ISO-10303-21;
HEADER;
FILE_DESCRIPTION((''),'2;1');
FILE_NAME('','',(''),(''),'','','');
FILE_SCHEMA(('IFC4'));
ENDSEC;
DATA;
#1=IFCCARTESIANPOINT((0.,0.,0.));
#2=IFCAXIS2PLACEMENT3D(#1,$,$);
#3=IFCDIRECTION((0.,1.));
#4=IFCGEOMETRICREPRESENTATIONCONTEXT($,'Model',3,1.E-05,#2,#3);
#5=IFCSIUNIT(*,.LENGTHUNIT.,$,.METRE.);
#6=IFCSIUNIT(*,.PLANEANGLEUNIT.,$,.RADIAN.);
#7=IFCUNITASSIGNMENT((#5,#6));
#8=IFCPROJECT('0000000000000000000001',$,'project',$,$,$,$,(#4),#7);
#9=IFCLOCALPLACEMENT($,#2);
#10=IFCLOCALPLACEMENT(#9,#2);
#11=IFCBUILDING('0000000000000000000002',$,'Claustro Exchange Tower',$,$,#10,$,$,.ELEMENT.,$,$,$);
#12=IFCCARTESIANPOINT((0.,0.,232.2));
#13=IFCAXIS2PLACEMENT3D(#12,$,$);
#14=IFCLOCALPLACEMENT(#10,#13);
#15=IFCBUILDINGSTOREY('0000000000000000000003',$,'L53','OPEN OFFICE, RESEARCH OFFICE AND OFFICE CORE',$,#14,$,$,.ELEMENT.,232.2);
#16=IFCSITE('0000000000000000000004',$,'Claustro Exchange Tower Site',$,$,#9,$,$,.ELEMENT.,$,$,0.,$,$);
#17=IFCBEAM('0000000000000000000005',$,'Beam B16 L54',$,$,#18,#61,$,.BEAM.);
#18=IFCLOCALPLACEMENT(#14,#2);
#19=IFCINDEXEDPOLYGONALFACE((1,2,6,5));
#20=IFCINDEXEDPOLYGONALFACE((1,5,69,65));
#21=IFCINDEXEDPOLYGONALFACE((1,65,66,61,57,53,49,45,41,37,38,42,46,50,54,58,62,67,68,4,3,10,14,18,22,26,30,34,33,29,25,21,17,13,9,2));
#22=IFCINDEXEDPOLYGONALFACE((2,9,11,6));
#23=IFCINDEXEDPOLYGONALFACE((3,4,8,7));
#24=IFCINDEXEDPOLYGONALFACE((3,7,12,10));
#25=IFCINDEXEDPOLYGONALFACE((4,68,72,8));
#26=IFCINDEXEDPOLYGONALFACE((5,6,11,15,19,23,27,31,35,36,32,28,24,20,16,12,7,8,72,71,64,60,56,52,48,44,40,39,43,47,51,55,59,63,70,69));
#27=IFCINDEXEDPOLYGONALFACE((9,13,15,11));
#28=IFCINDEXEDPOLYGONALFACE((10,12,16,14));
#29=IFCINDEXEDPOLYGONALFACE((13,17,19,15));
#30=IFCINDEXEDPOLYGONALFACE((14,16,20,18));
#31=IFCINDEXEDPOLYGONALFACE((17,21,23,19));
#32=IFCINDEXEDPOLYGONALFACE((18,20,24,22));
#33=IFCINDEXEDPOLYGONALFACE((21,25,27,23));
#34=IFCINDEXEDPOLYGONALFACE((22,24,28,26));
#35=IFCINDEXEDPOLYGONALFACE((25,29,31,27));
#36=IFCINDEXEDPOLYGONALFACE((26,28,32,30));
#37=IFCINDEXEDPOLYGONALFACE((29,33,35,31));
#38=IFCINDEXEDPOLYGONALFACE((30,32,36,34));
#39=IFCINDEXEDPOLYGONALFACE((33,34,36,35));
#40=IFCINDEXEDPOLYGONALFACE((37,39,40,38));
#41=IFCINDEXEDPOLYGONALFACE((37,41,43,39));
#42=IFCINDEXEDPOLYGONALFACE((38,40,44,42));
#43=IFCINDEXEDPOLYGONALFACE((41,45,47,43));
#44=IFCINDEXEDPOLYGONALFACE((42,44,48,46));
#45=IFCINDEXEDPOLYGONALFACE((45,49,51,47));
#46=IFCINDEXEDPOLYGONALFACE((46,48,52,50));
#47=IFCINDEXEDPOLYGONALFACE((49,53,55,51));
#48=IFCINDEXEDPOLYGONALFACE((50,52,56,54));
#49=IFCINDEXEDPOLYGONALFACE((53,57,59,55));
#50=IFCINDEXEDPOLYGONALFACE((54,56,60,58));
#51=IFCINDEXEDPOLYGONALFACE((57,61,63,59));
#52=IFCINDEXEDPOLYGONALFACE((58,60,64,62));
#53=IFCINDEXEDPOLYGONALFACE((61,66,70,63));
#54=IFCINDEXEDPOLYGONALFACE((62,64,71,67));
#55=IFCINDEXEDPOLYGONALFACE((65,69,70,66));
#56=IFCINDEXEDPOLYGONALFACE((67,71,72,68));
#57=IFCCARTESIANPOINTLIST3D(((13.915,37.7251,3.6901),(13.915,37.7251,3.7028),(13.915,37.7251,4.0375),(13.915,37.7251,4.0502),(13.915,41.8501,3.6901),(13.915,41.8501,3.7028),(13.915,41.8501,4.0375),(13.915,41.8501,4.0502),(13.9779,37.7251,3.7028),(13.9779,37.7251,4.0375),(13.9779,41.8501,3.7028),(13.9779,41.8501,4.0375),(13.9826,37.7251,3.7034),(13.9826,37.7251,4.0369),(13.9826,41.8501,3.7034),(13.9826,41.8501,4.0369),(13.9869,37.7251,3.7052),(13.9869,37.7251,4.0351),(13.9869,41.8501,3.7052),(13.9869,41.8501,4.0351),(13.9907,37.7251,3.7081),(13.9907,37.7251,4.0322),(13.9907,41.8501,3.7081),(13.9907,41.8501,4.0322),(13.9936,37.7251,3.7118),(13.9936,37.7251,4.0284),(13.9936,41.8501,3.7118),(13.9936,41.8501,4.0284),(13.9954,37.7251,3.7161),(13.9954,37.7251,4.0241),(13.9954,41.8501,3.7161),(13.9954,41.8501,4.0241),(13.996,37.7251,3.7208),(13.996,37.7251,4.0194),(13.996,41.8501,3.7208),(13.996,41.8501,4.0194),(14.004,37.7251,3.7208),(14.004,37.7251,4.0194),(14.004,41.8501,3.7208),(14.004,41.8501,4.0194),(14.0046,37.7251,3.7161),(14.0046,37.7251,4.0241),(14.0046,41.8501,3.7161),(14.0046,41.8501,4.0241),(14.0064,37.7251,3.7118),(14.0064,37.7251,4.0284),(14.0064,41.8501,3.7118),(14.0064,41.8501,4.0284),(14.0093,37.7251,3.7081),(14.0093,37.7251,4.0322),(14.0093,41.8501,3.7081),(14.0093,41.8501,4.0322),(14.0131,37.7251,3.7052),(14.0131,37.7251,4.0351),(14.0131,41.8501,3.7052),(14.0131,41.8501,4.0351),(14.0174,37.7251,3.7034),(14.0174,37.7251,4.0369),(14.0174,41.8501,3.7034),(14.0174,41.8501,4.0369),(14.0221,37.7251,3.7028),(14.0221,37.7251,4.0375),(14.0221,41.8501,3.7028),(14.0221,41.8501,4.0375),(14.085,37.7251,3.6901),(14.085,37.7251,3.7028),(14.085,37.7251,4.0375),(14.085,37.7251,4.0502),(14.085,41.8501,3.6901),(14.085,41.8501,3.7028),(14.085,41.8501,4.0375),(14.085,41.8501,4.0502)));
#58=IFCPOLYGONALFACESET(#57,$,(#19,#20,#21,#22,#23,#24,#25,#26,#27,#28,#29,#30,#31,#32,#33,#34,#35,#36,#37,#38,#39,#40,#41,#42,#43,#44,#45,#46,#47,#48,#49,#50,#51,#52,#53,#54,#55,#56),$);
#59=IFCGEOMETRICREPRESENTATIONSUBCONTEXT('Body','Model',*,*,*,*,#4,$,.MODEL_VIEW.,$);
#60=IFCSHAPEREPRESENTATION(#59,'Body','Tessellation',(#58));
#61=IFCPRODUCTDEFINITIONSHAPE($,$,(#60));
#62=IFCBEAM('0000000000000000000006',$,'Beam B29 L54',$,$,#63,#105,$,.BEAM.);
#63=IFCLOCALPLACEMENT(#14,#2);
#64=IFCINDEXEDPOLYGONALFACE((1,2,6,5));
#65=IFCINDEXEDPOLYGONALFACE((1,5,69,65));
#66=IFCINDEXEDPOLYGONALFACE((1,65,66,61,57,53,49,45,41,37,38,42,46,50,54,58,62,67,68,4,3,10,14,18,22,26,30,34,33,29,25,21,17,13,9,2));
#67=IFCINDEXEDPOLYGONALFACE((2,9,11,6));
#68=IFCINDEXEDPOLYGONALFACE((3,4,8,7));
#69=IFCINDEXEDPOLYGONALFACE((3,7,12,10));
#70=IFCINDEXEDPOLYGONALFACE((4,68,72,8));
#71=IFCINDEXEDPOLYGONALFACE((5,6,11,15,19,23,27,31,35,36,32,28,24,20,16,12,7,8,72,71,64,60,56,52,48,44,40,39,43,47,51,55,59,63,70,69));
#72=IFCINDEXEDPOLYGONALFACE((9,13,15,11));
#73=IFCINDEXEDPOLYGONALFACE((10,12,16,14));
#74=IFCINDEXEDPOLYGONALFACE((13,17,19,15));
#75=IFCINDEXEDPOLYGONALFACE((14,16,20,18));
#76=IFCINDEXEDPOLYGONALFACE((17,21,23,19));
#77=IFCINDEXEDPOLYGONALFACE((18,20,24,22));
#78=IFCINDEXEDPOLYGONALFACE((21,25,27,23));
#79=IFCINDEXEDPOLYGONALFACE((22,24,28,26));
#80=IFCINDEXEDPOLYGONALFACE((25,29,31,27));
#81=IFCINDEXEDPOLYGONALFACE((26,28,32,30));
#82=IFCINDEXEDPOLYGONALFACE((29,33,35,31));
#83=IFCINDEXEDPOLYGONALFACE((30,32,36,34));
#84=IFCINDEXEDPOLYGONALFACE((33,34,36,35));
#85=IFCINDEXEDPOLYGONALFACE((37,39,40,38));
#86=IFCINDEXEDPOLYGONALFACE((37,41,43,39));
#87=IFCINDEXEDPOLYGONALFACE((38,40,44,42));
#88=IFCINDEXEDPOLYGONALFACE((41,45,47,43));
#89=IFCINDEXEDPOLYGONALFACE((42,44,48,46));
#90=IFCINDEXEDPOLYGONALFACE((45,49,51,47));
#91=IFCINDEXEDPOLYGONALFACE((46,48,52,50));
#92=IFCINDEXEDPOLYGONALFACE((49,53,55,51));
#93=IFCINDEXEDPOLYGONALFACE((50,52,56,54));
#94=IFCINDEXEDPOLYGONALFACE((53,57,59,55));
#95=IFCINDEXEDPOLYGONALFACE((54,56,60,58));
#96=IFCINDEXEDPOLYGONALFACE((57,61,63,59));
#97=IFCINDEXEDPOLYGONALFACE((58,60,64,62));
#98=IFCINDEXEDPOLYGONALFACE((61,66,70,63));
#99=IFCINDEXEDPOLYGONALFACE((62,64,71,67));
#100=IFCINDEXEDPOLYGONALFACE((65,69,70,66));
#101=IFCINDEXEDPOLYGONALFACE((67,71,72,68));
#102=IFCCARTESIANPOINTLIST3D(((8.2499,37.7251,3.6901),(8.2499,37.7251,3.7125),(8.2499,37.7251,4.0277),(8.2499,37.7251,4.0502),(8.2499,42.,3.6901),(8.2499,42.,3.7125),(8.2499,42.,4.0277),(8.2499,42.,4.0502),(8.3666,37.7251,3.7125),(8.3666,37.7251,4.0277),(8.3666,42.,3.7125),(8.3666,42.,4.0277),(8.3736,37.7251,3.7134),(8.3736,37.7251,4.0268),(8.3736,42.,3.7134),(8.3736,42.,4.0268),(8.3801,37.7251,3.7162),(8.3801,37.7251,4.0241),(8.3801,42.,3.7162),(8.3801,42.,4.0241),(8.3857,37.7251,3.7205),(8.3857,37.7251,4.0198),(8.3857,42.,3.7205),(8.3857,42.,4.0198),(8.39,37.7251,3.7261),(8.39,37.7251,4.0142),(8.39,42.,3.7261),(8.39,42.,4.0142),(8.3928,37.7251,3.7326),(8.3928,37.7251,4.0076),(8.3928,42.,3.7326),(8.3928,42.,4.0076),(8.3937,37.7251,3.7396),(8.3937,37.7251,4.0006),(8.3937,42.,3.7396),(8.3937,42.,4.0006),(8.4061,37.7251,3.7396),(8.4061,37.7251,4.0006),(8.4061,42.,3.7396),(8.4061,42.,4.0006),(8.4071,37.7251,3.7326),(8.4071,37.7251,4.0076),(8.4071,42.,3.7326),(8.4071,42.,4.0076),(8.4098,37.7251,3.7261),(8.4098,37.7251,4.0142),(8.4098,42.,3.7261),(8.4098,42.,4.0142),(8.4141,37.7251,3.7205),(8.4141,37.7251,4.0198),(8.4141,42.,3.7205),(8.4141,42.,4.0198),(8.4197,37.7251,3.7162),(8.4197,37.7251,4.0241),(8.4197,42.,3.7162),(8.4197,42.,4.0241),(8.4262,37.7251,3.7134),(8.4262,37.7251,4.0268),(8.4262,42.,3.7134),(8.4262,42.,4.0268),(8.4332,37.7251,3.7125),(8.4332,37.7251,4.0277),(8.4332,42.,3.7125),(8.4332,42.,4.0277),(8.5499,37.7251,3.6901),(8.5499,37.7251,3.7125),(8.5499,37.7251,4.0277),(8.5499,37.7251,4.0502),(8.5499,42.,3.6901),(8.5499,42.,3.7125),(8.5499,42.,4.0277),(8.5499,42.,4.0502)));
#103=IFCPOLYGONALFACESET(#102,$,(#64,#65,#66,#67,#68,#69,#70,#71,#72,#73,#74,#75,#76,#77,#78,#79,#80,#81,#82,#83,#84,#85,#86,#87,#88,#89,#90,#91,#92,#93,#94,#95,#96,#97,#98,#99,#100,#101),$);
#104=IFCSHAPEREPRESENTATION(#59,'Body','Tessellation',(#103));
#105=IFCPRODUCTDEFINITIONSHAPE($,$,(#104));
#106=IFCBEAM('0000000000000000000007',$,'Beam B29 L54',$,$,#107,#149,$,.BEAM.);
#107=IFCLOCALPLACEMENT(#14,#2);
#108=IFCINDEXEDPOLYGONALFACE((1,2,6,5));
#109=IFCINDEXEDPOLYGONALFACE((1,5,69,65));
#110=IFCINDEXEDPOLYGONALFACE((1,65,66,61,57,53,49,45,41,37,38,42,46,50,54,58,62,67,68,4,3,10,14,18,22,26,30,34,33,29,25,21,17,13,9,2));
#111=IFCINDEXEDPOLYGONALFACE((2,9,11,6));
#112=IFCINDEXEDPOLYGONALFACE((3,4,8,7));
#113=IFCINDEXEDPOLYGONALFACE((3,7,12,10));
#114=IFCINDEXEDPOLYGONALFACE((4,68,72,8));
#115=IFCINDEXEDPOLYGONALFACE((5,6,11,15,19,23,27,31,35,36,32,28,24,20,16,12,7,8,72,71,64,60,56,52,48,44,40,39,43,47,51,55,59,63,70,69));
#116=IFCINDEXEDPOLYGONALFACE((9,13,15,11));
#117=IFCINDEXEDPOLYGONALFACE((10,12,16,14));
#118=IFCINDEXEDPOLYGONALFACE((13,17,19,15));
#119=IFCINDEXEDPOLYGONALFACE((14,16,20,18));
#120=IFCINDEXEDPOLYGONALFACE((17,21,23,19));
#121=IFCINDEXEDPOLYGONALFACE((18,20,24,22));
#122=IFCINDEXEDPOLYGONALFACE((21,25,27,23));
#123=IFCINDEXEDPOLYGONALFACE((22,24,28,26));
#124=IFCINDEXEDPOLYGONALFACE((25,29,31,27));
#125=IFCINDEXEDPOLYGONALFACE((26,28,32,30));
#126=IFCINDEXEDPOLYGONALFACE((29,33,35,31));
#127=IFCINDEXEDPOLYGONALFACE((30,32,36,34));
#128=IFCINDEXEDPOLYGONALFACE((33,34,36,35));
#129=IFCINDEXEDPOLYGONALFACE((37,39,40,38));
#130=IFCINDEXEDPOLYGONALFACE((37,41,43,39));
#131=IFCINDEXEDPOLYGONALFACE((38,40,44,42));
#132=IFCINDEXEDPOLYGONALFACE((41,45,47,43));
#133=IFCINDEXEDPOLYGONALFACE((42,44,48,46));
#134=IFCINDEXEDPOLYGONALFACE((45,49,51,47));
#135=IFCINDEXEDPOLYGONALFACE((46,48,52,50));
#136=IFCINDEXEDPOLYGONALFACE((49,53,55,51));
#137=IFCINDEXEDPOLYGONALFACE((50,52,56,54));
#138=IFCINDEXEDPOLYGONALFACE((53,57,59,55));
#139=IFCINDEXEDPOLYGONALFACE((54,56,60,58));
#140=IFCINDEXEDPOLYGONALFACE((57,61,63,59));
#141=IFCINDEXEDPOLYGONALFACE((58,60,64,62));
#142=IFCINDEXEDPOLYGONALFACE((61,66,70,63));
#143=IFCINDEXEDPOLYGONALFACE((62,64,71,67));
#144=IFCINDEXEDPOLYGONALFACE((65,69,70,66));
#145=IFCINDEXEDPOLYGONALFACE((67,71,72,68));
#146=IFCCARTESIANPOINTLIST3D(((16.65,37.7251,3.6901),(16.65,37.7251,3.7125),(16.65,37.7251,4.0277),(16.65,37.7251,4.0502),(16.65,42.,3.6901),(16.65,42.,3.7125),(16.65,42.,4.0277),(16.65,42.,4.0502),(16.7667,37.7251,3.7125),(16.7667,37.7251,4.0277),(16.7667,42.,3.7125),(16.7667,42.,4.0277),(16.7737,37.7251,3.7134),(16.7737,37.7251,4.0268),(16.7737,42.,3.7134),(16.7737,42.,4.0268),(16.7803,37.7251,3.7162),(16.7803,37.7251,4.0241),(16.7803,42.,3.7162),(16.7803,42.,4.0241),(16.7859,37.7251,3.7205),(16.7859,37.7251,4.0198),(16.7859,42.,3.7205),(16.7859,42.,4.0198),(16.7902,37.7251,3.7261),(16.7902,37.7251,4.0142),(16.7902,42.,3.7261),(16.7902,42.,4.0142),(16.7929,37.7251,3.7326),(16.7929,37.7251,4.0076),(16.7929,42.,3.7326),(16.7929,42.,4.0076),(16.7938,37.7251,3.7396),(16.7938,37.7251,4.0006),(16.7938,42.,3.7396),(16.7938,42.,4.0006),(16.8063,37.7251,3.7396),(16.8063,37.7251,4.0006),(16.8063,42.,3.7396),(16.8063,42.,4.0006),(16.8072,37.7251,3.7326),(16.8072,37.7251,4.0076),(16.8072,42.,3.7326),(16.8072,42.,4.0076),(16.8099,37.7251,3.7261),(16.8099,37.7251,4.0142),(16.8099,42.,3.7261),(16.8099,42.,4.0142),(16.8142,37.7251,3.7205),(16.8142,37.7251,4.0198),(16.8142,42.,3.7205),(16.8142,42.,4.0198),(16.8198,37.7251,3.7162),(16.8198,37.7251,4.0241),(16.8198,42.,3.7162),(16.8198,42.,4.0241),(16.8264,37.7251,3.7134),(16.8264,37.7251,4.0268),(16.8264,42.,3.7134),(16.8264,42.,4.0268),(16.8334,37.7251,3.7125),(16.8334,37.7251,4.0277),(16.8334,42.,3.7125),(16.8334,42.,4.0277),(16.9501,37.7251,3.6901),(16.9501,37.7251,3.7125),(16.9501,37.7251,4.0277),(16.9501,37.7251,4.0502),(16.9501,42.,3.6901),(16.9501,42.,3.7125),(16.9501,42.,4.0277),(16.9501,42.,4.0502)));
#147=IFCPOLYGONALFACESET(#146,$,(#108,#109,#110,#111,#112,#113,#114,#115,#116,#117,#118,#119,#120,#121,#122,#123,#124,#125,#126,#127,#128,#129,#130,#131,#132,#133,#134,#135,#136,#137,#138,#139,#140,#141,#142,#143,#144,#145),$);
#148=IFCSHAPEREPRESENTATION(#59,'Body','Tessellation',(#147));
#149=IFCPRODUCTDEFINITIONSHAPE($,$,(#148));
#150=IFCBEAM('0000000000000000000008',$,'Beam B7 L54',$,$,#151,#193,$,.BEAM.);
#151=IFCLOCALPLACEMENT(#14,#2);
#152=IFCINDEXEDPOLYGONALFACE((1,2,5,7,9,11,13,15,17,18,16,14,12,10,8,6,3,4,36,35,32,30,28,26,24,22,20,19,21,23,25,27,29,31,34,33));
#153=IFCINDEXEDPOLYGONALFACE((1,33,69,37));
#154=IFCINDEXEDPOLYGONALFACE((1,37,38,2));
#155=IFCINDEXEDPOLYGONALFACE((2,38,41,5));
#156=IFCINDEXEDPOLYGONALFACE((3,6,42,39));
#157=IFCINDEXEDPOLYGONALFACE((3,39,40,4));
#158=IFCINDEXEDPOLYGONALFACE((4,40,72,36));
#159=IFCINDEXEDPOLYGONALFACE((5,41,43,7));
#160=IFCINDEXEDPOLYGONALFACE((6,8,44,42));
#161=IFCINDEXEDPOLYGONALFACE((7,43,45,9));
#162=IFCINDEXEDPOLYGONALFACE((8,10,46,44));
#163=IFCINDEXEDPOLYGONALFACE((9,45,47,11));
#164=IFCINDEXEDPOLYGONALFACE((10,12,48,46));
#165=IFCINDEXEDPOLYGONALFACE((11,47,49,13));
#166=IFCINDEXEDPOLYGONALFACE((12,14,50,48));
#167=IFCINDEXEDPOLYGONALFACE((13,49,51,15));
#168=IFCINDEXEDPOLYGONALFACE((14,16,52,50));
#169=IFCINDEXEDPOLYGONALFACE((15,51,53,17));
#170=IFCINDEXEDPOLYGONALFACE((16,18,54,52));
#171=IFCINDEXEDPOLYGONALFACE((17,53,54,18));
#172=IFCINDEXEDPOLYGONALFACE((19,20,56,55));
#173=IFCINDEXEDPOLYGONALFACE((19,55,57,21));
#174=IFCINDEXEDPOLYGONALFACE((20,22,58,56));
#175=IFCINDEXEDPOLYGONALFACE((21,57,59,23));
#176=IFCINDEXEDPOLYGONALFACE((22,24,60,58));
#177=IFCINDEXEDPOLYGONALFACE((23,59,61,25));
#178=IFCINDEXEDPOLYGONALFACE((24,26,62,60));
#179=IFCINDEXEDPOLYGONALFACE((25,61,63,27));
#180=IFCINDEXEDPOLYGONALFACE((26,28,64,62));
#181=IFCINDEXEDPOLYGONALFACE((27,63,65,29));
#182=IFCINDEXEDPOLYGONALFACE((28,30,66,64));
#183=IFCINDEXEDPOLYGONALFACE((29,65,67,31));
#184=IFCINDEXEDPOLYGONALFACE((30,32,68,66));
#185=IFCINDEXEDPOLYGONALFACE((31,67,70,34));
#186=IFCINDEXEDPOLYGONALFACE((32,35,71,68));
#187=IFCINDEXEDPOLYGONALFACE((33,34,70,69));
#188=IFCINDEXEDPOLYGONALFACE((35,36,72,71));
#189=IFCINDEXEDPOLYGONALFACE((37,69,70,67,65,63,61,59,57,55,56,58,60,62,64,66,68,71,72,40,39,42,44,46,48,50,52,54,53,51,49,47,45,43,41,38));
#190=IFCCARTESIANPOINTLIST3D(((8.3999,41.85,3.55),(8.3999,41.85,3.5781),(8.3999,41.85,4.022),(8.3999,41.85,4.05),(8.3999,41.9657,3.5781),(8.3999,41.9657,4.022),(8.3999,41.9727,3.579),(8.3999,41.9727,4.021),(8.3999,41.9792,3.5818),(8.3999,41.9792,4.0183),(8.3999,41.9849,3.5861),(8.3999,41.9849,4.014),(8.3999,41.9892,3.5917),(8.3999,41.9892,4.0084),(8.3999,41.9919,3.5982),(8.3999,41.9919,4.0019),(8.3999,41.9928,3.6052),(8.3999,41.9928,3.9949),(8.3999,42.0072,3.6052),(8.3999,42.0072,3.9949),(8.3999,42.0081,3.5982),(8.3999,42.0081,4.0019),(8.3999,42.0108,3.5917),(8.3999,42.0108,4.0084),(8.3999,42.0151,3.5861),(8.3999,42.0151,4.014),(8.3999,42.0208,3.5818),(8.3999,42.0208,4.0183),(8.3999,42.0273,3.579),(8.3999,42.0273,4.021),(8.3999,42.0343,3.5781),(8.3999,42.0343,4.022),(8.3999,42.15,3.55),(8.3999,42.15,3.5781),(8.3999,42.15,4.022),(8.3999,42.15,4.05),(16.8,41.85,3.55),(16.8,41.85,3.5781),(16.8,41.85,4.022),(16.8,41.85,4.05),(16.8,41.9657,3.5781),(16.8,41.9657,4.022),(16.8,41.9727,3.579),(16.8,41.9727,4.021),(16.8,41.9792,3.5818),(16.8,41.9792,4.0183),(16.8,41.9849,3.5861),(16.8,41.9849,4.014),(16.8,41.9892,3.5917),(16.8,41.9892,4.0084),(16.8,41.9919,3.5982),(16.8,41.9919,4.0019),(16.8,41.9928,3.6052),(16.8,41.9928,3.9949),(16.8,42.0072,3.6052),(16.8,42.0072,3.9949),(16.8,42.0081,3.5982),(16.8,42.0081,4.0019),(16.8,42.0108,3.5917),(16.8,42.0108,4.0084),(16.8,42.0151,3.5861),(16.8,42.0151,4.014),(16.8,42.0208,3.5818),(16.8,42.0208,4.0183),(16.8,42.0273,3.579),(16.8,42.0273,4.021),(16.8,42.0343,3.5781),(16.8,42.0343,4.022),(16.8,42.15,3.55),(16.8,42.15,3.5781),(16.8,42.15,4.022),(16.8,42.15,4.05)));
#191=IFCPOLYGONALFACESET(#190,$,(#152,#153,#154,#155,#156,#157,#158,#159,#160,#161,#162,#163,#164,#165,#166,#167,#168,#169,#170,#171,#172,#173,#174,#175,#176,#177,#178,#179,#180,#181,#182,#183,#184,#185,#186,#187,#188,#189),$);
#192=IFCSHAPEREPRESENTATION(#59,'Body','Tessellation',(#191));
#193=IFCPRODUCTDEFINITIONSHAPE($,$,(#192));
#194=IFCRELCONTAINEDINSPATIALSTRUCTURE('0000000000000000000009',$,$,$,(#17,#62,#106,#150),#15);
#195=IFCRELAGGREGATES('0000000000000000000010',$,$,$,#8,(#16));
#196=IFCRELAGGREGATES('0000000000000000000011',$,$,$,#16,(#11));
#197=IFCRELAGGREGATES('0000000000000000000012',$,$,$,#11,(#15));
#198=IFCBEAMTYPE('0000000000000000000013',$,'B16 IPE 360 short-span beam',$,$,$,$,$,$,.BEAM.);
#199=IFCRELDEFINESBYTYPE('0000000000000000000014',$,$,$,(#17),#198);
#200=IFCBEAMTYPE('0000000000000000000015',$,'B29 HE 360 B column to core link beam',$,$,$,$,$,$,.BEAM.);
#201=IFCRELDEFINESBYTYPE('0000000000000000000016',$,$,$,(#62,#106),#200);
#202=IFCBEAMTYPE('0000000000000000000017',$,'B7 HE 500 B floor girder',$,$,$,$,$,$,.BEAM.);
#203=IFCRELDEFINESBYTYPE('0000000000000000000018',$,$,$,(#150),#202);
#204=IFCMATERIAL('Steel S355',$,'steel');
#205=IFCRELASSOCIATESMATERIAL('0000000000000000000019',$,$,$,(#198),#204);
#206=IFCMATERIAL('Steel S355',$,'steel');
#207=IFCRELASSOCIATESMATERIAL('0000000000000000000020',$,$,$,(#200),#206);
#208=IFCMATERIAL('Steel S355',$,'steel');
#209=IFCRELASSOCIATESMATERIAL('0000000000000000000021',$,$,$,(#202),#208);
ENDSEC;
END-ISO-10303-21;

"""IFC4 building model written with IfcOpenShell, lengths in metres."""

from ifc_helpers import new_model, si_unit, direction, frame, origin, origin_2d, place, context, subcontext, project, spatial, i_section, extrude, material, material_profile, profile_set, type_object, element, save


model = new_model("IFC4")

# Units and contexts
model_context = context("Model", 3, precision=1e-05, world=origin(), true_north=direction((0.0, 1.0)))
body_context = subcontext(model_context, "Body", "Model", "MODEL_VIEW")
ifc_project = project(units=[si_unit("LENGTHUNIT", "METRE"), si_unit("PLANEANGLEUNIT", "RADIAN")], contexts=[model_context])

# Site, building, storey
site_placement = place(None, origin())
site = spatial("IfcSite", under=ifc_project, at=site_placement, Name="Claustro Exchange Tower Site", CompositionType="ELEMENT", RefElevation=0.0)
building_placement = place(site_placement, origin())
building = spatial("IfcBuilding", under=site, at=building_placement, Name="Claustro Exchange Tower", CompositionType="ELEMENT")
storey_placement = place(building_placement, frame((0.0, 0.0, 232.2)))
storey = spatial("IfcBuildingStorey", under=building, at=storey_placement, Name="L53", Description="OPEN OFFICE, RESEARCH OFFICE AND OFFICE CORE", CompositionType="ELEMENT", Elevation=232.2)

# Beams
ifc_material_1 = material(Name="Steel S355", Category="steel")
ifc_material_profile_1 = material_profile(ifc_material_1, i_section(OverallWidth=0.1699, OverallDepth=0.3601, WebThickness=0.0081, FlangeThickness=0.0127, FilletRadius=0.0181, at=origin_2d()), Name="IPE 360")
ifc_profile_set_1 = profile_set([ifc_material_profile_1], Name="Steel S355")
beam_type_1 = type_object("IfcBeamType", Name="B16 IPE 360 short-span beam", PredefinedType="BEAM", material=ifc_profile_set_1)
for number, where, z_axis, x_axis, name in (
    (1, (14.0, 37.7251, 3.8701), (0.0, 1.0, 0.0), (-1.0, 0.0, 0.0), "Beam B16 L54"),
):
    element("IfcBeam", number, at=place(storey_placement, frame(where, z_axis=z_axis, x_axis=x_axis)), inside=storey, type_object=beam_type_1, Name=name, PredefinedType="BEAM", context=body_context, shape_type="SweptSolid", body=[
        extrude(i_section(OverallWidth=0.1699, OverallDepth=0.3601, WebThickness=0.0081, FlangeThickness=0.0127, FilletRadius=0.0181, at=origin_2d()), origin(), (0.0, 0.0, 1.0), 4.125),
    ])
ifc_material_2 = material(Name="Steel S355", Category="steel")
ifc_material_profile_2 = material_profile(ifc_material_2, i_section(OverallWidth=0.3, OverallDepth=0.3601, WebThickness=0.0125, FlangeThickness=0.0225, FilletRadius=0.0271, at=origin_2d()), Name="HE 360 B")
ifc_profile_set_2 = profile_set([ifc_material_profile_2], Name="Steel S355")
beam_type_2 = type_object("IfcBeamType", Name="B29 HE 360 B column to core link beam", PredefinedType="BEAM", material=ifc_profile_set_2)
for number, where, z_axis, x_axis, name in (
    (2, (8.3999, 37.7251, 3.8701), (0.0, 1.0, 0.0), (-1.0, 0.0, 0.0), "Beam B29 L54"),
    (3, (16.8, 37.7251, 3.8701), (0.0, 1.0, 0.0), (-1.0, 0.0, 0.0), "Beam B29 L54"),
):
    element("IfcBeam", number, at=place(storey_placement, frame(where, z_axis=z_axis, x_axis=x_axis)), inside=storey, type_object=beam_type_2, Name=name, PredefinedType="BEAM", context=body_context, shape_type="SweptSolid", body=[
        extrude(i_section(OverallWidth=0.3, OverallDepth=0.3601, WebThickness=0.0125, FlangeThickness=0.0225, FilletRadius=0.0271, at=origin_2d()), origin(), (0.0, 0.0, 1.0), 4.2749),
    ])
ifc_material_3 = material(Name="Steel S355", Category="steel")
ifc_material_profile_3 = material_profile(ifc_material_3, i_section(OverallWidth=0.3, OverallDepth=0.5, WebThickness=0.0144, FlangeThickness=0.0281, FilletRadius=0.0271, at=origin_2d()), Name="HE 500 B")
ifc_profile_set_3 = profile_set([ifc_material_profile_3], Name="Steel S355")
beam_type_3 = type_object("IfcBeamType", Name="B7 HE 500 B floor girder", PredefinedType="BEAM", material=ifc_profile_set_3)
beam_1_placement = place(storey_placement, frame((8.3999, 42.0, 3.8), z_axis=(1.0, 0.0, 0.0), x_axis=(0.0, 1.0, 0.0)))
element("IfcBeam", 4, at=beam_1_placement, inside=storey, type_object=beam_type_3, Name="Beam B7 L54", PredefinedType="BEAM", context=body_context, shape_type="SweptSolid", body=[
    extrude(i_section(OverallWidth=0.3, OverallDepth=0.5, WebThickness=0.0144, FlangeThickness=0.0281, FilletRadius=0.0271, at=origin_2d()), origin(), (0.0, 0.0, 1.0), 8.4001),
])

save(model, "model.ifc")
